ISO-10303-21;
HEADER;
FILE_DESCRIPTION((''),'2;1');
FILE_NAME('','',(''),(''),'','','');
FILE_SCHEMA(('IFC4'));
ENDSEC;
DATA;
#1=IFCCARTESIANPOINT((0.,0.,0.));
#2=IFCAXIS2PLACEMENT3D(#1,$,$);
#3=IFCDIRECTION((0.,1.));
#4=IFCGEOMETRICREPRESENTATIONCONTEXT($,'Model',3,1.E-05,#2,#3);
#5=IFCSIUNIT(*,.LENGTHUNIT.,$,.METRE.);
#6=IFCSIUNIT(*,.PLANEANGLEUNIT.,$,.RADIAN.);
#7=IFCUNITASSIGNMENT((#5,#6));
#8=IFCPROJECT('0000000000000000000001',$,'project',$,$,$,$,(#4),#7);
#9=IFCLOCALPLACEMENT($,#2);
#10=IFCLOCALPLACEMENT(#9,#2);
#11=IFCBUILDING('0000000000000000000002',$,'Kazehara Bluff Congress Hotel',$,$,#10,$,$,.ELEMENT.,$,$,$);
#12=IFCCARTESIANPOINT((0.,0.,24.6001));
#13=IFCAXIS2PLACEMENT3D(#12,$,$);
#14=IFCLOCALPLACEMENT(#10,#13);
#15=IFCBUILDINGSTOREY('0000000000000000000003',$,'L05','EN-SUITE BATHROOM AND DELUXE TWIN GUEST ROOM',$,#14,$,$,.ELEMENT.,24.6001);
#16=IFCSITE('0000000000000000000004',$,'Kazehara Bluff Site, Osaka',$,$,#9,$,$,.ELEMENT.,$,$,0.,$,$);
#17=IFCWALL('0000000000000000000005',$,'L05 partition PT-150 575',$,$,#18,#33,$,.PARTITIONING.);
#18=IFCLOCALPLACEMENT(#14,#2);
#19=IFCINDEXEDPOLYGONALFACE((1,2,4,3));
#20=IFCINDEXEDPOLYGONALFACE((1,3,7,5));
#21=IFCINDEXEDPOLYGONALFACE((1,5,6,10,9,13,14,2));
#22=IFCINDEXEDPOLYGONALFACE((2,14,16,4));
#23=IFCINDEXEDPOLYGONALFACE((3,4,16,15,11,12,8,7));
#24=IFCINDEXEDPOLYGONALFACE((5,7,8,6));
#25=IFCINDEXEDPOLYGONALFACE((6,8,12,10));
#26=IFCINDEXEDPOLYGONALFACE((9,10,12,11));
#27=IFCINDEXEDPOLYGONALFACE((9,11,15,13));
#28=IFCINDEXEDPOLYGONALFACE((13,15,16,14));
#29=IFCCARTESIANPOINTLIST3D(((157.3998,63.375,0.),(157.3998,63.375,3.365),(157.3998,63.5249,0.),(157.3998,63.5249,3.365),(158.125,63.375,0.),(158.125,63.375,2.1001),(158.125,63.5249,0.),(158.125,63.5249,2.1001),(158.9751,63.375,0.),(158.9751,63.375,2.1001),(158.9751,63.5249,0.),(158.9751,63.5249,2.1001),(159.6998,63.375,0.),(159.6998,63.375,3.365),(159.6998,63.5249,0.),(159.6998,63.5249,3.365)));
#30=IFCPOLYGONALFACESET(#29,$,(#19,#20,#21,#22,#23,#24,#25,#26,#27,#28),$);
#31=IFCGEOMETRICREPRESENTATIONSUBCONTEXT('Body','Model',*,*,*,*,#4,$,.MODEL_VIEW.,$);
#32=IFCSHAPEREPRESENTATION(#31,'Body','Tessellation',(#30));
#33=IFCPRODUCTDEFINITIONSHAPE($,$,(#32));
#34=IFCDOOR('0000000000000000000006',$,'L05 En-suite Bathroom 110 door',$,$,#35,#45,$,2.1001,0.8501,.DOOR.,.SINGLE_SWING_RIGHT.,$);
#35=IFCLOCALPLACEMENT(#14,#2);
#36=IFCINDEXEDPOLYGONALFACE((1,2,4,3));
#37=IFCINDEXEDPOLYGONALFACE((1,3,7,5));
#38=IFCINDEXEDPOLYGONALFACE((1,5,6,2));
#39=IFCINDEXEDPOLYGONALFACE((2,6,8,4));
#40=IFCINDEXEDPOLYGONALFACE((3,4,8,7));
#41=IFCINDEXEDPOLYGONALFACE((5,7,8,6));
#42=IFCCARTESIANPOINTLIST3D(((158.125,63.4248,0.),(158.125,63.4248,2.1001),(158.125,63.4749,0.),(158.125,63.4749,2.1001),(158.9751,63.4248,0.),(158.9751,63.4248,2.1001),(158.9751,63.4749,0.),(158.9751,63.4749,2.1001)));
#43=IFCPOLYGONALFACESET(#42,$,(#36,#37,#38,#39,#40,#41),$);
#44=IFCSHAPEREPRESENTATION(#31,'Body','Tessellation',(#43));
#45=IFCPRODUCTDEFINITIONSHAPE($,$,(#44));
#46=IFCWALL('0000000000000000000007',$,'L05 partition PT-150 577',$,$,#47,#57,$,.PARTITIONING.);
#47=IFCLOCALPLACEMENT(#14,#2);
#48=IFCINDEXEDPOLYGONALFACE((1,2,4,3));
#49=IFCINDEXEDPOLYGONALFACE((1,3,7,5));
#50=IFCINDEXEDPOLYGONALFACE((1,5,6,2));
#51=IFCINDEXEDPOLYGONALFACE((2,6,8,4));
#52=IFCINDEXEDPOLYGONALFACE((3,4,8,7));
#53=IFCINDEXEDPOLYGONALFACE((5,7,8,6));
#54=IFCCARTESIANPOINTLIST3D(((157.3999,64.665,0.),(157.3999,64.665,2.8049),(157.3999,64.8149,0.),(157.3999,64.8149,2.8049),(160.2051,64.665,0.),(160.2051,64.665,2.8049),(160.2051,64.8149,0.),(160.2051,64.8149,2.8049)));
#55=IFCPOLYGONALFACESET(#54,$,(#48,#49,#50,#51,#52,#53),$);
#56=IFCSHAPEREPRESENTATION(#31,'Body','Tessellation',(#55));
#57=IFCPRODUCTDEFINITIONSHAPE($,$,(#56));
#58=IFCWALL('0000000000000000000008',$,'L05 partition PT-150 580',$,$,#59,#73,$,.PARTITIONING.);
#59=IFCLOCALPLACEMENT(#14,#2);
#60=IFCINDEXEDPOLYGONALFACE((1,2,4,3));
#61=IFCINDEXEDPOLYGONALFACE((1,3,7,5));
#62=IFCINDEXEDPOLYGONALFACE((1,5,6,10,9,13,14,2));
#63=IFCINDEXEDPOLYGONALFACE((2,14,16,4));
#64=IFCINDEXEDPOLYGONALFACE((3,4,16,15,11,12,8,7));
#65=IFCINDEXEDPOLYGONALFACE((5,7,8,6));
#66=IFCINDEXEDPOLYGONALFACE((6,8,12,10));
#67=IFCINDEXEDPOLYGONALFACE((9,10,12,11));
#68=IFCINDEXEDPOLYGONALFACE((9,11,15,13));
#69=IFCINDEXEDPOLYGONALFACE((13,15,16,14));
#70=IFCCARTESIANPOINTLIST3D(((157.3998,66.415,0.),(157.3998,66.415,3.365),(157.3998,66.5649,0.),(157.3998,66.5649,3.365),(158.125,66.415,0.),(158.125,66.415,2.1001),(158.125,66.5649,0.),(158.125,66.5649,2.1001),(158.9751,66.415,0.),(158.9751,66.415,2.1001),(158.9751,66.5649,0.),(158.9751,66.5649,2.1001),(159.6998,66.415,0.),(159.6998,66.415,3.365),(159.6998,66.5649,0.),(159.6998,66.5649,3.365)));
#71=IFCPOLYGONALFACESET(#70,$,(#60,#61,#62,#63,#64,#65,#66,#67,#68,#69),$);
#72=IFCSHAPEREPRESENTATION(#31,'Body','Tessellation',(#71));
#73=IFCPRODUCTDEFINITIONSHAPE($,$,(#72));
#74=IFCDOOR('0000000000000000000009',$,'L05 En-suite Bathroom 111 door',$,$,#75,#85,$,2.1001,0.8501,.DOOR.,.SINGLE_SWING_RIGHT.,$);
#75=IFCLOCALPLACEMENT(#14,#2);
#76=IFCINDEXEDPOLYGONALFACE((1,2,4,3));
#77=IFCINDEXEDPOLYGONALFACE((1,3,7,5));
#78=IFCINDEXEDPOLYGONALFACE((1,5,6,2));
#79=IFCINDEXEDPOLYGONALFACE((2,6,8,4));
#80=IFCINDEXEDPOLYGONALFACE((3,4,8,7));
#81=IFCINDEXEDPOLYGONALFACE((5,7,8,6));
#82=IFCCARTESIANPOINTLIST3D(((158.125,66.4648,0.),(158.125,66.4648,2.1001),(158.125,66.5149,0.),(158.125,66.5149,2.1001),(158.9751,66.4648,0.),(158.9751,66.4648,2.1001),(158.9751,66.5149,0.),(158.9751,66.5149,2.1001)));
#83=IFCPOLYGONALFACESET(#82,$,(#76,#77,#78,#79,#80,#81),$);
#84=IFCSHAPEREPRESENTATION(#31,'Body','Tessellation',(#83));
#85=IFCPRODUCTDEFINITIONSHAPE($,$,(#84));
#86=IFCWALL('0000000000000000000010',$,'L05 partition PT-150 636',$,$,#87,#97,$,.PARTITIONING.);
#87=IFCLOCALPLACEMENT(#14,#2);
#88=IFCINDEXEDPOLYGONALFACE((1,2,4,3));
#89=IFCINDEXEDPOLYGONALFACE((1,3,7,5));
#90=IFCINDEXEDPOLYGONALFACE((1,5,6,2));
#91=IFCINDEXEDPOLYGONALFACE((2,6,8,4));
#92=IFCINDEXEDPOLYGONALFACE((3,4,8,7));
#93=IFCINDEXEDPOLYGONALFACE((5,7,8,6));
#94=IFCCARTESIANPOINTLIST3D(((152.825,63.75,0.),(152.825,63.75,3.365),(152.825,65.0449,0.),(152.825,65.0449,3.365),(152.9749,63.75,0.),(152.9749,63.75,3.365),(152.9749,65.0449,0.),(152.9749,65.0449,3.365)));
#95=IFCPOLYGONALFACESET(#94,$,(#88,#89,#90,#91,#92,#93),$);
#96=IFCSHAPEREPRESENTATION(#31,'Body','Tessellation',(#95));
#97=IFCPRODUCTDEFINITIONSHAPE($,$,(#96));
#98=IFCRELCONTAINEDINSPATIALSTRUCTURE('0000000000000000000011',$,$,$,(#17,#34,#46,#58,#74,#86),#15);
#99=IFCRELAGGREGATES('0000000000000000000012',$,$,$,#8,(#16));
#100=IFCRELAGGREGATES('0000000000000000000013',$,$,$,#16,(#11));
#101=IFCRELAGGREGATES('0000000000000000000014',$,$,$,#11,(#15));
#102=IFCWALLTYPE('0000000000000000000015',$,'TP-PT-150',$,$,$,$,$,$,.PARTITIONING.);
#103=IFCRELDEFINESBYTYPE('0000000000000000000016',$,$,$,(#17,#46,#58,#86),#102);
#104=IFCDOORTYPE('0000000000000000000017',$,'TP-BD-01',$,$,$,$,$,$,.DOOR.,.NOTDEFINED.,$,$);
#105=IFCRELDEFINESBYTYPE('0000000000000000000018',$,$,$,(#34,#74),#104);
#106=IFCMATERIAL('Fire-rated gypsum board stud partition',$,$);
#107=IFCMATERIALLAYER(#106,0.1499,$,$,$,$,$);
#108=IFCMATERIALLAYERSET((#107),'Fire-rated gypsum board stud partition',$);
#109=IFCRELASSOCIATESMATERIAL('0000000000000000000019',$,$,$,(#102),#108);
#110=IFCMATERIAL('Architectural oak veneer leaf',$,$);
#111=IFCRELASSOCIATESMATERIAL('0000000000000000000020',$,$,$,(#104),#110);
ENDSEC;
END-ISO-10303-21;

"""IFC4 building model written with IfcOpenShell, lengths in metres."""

from ifc_helpers import new_model, si_unit, direction, frame, frame_2d, origin, place, context, subcontext, project, spatial, rectangle, extrude, material, layer, layer_set, type_object, element, fill, save


model = new_model("IFC4")

# Units and contexts
model_context = context("Model", 3, precision=1e-05, world=origin(), true_north=direction((0.0, 1.0)))
body_context = subcontext(model_context, "Body", "Model", "MODEL_VIEW")
ifc_project = project(units=[si_unit("LENGTHUNIT", "METRE"), si_unit("PLANEANGLEUNIT", "RADIAN")], contexts=[model_context])

# Site, building, storey
site_placement = place(None, origin())
site = spatial("IfcSite", under=ifc_project, at=site_placement, Name="Kazehara Bluff Site, Osaka", CompositionType="ELEMENT", RefElevation=0.0)
building_placement = place(site_placement, origin())
building = spatial("IfcBuilding", under=site, at=building_placement, Name="Kazehara Bluff Congress Hotel", CompositionType="ELEMENT")
storey_placement = place(building_placement, frame((0.0, 0.0, 24.6001)))
storey = spatial("IfcBuildingStorey", under=building, at=storey_placement, Name="L05", Description="EN-SUITE BATHROOM AND DELUXE TWIN GUEST ROOM", CompositionType="ELEMENT", Elevation=24.6001)

# Wall, opening, door
ifc_material_1 = material(Name="Fire-rated gypsum board stud partition")
ifc_layer = layer(ifc_material_1, 0.1499)
ifc_layer_set = layer_set([ifc_layer], Name="Fire-rated gypsum board stud partition")
wall_type = type_object("IfcWallType", Name="TP-PT-150", PredefinedType="PARTITIONING", material=ifc_layer_set)
wall_1_placement = place(storey_placement, frame((157.3999, 63.45, 0.0), z_axis=(0.0, 0.0, 1.0), x_axis=(1.0, 0.0, 0.0)))
wall_1 = element("IfcWall", 1, at=wall_1_placement, inside=storey, type_object=wall_type, Name="L05 partition PT-150 575", PredefinedType="PARTITIONING", context=body_context, shape_type="SweptSolid", body=[
    extrude(rectangle(XDim=2.3, YDim=0.1499, at=frame_2d((1.1499, 0.0))), origin(), (0.0, 0.0, 1.0), 3.365),
])
opening_1_placement = place(wall_1_placement, frame((0.7251, 0.0, 0.0)))
opening_1 = element("IfcOpeningElement", 2, at=opening_1_placement, cuts=wall_1, PredefinedType="OPENING", context=body_context, shape_type="SweptSolid", body=[
    extrude(rectangle(XDim=0.8501, YDim=2.1001, at=frame_2d((0.425, 1.05))), frame((0.0, 0.085, 0.0), z_axis=(0.0, -1.0, 0.0), x_axis=(1.0, 0.0, 0.0)), (0.0, 0.0, 1.0), 0.1699),
])
ifc_material_2 = material(Name="Architectural oak veneer leaf")
door_type_1 = type_object("IfcDoorType", Name="TP-BD-01", OperationType="NOTDEFINED", PredefinedType="DOOR", material=ifc_material_2)
door_1_placement = place(opening_1_placement, origin())
door_1 = element("IfcDoor", 3, at=door_1_placement, inside=storey, type_object=door_type_1, Name="L05 En-suite Bathroom 110 door", OperationType="SINGLE_SWING_RIGHT", OverallHeight=2.1001, OverallWidth=0.8501, PredefinedType="DOOR", context=body_context, shape_type="SweptSolid", body=[
    extrude(rectangle(XDim=0.8501, YDim=2.1001, at=frame_2d((0.425, 1.05))), frame((0.0, 0.0249, 0.0), z_axis=(0.0, -1.0, 0.0), x_axis=(1.0, 0.0, 0.0)), (0.0, 0.0, 1.0), 0.05),
])
fill(opening_1, door_1)

# Wall
wall_2_placement = place(storey_placement, frame((157.3999, 64.74, 0.0), z_axis=(0.0, 0.0, 1.0), x_axis=(1.0, 0.0, 0.0)))
element("IfcWall", 4, at=wall_2_placement, inside=storey, type_object=wall_type, Name="L05 partition PT-150 577", PredefinedType="PARTITIONING", context=body_context, shape_type="SweptSolid", body=[
    extrude(rectangle(XDim=2.8052, YDim=0.1499, at=frame_2d((1.4026, 0.0))), origin(), (0.0, 0.0, 1.0), 2.8049),
])

# Wall, opening, door
wall_3_placement = place(storey_placement, frame((157.3999, 66.49, 0.0), z_axis=(0.0, 0.0, 1.0), x_axis=(1.0, 0.0, 0.0)))
wall_3 = element("IfcWall", 5, at=wall_3_placement, inside=storey, type_object=wall_type, Name="L05 partition PT-150 580", PredefinedType="PARTITIONING", context=body_context, shape_type="SweptSolid", body=[
    extrude(rectangle(XDim=2.3, YDim=0.1499, at=frame_2d((1.1499, 0.0))), origin(), (0.0, 0.0, 1.0), 3.365),
])
opening_2_placement = place(wall_3_placement, frame((0.7251, 0.0, 0.0)))
opening_2 = element("IfcOpeningElement", 6, at=opening_2_placement, cuts=wall_3, PredefinedType="OPENING", context=body_context, shape_type="SweptSolid", body=[
    extrude(rectangle(XDim=0.8501, YDim=2.1001, at=frame_2d((0.425, 1.05))), frame((0.0, 0.085, 0.0), z_axis=(0.0, -1.0, 0.0), x_axis=(1.0, 0.0, 0.0)), (0.0, 0.0, 1.0), 0.1699),
])
door_2_placement = place(opening_2_placement, origin())
door_2 = element("IfcDoor", 7, at=door_2_placement, inside=storey, type_object=door_type_1, Name="L05 En-suite Bathroom 111 door", OperationType="SINGLE_SWING_RIGHT", OverallHeight=2.1001, OverallWidth=0.8501, PredefinedType="DOOR", context=body_context, shape_type="SweptSolid", body=[
    extrude(rectangle(XDim=0.8501, YDim=2.1001, at=frame_2d((0.425, 1.05))), frame((0.0, 0.0249, 0.0), z_axis=(0.0, -1.0, 0.0), x_axis=(1.0, 0.0, 0.0)), (0.0, 0.0, 1.0), 0.05),
])
fill(opening_2, door_2)

# Wall
wall_4_placement = place(storey_placement, frame((152.8999, 63.75, 0.0), z_axis=(0.0, 0.0, 1.0), x_axis=(0.0, 1.0, 0.0)))
element("IfcWall", 8, at=wall_4_placement, inside=storey, type_object=wall_type, Name="L05 partition PT-150 636", PredefinedType="PARTITIONING", context=body_context, shape_type="SweptSolid", body=[
    extrude(rectangle(XDim=1.2949, YDim=0.1499, at=frame_2d((0.6475, 0.0))), origin(), (0.0, 0.0, 1.0), 3.365),
])

save(model, "model.ifc")
